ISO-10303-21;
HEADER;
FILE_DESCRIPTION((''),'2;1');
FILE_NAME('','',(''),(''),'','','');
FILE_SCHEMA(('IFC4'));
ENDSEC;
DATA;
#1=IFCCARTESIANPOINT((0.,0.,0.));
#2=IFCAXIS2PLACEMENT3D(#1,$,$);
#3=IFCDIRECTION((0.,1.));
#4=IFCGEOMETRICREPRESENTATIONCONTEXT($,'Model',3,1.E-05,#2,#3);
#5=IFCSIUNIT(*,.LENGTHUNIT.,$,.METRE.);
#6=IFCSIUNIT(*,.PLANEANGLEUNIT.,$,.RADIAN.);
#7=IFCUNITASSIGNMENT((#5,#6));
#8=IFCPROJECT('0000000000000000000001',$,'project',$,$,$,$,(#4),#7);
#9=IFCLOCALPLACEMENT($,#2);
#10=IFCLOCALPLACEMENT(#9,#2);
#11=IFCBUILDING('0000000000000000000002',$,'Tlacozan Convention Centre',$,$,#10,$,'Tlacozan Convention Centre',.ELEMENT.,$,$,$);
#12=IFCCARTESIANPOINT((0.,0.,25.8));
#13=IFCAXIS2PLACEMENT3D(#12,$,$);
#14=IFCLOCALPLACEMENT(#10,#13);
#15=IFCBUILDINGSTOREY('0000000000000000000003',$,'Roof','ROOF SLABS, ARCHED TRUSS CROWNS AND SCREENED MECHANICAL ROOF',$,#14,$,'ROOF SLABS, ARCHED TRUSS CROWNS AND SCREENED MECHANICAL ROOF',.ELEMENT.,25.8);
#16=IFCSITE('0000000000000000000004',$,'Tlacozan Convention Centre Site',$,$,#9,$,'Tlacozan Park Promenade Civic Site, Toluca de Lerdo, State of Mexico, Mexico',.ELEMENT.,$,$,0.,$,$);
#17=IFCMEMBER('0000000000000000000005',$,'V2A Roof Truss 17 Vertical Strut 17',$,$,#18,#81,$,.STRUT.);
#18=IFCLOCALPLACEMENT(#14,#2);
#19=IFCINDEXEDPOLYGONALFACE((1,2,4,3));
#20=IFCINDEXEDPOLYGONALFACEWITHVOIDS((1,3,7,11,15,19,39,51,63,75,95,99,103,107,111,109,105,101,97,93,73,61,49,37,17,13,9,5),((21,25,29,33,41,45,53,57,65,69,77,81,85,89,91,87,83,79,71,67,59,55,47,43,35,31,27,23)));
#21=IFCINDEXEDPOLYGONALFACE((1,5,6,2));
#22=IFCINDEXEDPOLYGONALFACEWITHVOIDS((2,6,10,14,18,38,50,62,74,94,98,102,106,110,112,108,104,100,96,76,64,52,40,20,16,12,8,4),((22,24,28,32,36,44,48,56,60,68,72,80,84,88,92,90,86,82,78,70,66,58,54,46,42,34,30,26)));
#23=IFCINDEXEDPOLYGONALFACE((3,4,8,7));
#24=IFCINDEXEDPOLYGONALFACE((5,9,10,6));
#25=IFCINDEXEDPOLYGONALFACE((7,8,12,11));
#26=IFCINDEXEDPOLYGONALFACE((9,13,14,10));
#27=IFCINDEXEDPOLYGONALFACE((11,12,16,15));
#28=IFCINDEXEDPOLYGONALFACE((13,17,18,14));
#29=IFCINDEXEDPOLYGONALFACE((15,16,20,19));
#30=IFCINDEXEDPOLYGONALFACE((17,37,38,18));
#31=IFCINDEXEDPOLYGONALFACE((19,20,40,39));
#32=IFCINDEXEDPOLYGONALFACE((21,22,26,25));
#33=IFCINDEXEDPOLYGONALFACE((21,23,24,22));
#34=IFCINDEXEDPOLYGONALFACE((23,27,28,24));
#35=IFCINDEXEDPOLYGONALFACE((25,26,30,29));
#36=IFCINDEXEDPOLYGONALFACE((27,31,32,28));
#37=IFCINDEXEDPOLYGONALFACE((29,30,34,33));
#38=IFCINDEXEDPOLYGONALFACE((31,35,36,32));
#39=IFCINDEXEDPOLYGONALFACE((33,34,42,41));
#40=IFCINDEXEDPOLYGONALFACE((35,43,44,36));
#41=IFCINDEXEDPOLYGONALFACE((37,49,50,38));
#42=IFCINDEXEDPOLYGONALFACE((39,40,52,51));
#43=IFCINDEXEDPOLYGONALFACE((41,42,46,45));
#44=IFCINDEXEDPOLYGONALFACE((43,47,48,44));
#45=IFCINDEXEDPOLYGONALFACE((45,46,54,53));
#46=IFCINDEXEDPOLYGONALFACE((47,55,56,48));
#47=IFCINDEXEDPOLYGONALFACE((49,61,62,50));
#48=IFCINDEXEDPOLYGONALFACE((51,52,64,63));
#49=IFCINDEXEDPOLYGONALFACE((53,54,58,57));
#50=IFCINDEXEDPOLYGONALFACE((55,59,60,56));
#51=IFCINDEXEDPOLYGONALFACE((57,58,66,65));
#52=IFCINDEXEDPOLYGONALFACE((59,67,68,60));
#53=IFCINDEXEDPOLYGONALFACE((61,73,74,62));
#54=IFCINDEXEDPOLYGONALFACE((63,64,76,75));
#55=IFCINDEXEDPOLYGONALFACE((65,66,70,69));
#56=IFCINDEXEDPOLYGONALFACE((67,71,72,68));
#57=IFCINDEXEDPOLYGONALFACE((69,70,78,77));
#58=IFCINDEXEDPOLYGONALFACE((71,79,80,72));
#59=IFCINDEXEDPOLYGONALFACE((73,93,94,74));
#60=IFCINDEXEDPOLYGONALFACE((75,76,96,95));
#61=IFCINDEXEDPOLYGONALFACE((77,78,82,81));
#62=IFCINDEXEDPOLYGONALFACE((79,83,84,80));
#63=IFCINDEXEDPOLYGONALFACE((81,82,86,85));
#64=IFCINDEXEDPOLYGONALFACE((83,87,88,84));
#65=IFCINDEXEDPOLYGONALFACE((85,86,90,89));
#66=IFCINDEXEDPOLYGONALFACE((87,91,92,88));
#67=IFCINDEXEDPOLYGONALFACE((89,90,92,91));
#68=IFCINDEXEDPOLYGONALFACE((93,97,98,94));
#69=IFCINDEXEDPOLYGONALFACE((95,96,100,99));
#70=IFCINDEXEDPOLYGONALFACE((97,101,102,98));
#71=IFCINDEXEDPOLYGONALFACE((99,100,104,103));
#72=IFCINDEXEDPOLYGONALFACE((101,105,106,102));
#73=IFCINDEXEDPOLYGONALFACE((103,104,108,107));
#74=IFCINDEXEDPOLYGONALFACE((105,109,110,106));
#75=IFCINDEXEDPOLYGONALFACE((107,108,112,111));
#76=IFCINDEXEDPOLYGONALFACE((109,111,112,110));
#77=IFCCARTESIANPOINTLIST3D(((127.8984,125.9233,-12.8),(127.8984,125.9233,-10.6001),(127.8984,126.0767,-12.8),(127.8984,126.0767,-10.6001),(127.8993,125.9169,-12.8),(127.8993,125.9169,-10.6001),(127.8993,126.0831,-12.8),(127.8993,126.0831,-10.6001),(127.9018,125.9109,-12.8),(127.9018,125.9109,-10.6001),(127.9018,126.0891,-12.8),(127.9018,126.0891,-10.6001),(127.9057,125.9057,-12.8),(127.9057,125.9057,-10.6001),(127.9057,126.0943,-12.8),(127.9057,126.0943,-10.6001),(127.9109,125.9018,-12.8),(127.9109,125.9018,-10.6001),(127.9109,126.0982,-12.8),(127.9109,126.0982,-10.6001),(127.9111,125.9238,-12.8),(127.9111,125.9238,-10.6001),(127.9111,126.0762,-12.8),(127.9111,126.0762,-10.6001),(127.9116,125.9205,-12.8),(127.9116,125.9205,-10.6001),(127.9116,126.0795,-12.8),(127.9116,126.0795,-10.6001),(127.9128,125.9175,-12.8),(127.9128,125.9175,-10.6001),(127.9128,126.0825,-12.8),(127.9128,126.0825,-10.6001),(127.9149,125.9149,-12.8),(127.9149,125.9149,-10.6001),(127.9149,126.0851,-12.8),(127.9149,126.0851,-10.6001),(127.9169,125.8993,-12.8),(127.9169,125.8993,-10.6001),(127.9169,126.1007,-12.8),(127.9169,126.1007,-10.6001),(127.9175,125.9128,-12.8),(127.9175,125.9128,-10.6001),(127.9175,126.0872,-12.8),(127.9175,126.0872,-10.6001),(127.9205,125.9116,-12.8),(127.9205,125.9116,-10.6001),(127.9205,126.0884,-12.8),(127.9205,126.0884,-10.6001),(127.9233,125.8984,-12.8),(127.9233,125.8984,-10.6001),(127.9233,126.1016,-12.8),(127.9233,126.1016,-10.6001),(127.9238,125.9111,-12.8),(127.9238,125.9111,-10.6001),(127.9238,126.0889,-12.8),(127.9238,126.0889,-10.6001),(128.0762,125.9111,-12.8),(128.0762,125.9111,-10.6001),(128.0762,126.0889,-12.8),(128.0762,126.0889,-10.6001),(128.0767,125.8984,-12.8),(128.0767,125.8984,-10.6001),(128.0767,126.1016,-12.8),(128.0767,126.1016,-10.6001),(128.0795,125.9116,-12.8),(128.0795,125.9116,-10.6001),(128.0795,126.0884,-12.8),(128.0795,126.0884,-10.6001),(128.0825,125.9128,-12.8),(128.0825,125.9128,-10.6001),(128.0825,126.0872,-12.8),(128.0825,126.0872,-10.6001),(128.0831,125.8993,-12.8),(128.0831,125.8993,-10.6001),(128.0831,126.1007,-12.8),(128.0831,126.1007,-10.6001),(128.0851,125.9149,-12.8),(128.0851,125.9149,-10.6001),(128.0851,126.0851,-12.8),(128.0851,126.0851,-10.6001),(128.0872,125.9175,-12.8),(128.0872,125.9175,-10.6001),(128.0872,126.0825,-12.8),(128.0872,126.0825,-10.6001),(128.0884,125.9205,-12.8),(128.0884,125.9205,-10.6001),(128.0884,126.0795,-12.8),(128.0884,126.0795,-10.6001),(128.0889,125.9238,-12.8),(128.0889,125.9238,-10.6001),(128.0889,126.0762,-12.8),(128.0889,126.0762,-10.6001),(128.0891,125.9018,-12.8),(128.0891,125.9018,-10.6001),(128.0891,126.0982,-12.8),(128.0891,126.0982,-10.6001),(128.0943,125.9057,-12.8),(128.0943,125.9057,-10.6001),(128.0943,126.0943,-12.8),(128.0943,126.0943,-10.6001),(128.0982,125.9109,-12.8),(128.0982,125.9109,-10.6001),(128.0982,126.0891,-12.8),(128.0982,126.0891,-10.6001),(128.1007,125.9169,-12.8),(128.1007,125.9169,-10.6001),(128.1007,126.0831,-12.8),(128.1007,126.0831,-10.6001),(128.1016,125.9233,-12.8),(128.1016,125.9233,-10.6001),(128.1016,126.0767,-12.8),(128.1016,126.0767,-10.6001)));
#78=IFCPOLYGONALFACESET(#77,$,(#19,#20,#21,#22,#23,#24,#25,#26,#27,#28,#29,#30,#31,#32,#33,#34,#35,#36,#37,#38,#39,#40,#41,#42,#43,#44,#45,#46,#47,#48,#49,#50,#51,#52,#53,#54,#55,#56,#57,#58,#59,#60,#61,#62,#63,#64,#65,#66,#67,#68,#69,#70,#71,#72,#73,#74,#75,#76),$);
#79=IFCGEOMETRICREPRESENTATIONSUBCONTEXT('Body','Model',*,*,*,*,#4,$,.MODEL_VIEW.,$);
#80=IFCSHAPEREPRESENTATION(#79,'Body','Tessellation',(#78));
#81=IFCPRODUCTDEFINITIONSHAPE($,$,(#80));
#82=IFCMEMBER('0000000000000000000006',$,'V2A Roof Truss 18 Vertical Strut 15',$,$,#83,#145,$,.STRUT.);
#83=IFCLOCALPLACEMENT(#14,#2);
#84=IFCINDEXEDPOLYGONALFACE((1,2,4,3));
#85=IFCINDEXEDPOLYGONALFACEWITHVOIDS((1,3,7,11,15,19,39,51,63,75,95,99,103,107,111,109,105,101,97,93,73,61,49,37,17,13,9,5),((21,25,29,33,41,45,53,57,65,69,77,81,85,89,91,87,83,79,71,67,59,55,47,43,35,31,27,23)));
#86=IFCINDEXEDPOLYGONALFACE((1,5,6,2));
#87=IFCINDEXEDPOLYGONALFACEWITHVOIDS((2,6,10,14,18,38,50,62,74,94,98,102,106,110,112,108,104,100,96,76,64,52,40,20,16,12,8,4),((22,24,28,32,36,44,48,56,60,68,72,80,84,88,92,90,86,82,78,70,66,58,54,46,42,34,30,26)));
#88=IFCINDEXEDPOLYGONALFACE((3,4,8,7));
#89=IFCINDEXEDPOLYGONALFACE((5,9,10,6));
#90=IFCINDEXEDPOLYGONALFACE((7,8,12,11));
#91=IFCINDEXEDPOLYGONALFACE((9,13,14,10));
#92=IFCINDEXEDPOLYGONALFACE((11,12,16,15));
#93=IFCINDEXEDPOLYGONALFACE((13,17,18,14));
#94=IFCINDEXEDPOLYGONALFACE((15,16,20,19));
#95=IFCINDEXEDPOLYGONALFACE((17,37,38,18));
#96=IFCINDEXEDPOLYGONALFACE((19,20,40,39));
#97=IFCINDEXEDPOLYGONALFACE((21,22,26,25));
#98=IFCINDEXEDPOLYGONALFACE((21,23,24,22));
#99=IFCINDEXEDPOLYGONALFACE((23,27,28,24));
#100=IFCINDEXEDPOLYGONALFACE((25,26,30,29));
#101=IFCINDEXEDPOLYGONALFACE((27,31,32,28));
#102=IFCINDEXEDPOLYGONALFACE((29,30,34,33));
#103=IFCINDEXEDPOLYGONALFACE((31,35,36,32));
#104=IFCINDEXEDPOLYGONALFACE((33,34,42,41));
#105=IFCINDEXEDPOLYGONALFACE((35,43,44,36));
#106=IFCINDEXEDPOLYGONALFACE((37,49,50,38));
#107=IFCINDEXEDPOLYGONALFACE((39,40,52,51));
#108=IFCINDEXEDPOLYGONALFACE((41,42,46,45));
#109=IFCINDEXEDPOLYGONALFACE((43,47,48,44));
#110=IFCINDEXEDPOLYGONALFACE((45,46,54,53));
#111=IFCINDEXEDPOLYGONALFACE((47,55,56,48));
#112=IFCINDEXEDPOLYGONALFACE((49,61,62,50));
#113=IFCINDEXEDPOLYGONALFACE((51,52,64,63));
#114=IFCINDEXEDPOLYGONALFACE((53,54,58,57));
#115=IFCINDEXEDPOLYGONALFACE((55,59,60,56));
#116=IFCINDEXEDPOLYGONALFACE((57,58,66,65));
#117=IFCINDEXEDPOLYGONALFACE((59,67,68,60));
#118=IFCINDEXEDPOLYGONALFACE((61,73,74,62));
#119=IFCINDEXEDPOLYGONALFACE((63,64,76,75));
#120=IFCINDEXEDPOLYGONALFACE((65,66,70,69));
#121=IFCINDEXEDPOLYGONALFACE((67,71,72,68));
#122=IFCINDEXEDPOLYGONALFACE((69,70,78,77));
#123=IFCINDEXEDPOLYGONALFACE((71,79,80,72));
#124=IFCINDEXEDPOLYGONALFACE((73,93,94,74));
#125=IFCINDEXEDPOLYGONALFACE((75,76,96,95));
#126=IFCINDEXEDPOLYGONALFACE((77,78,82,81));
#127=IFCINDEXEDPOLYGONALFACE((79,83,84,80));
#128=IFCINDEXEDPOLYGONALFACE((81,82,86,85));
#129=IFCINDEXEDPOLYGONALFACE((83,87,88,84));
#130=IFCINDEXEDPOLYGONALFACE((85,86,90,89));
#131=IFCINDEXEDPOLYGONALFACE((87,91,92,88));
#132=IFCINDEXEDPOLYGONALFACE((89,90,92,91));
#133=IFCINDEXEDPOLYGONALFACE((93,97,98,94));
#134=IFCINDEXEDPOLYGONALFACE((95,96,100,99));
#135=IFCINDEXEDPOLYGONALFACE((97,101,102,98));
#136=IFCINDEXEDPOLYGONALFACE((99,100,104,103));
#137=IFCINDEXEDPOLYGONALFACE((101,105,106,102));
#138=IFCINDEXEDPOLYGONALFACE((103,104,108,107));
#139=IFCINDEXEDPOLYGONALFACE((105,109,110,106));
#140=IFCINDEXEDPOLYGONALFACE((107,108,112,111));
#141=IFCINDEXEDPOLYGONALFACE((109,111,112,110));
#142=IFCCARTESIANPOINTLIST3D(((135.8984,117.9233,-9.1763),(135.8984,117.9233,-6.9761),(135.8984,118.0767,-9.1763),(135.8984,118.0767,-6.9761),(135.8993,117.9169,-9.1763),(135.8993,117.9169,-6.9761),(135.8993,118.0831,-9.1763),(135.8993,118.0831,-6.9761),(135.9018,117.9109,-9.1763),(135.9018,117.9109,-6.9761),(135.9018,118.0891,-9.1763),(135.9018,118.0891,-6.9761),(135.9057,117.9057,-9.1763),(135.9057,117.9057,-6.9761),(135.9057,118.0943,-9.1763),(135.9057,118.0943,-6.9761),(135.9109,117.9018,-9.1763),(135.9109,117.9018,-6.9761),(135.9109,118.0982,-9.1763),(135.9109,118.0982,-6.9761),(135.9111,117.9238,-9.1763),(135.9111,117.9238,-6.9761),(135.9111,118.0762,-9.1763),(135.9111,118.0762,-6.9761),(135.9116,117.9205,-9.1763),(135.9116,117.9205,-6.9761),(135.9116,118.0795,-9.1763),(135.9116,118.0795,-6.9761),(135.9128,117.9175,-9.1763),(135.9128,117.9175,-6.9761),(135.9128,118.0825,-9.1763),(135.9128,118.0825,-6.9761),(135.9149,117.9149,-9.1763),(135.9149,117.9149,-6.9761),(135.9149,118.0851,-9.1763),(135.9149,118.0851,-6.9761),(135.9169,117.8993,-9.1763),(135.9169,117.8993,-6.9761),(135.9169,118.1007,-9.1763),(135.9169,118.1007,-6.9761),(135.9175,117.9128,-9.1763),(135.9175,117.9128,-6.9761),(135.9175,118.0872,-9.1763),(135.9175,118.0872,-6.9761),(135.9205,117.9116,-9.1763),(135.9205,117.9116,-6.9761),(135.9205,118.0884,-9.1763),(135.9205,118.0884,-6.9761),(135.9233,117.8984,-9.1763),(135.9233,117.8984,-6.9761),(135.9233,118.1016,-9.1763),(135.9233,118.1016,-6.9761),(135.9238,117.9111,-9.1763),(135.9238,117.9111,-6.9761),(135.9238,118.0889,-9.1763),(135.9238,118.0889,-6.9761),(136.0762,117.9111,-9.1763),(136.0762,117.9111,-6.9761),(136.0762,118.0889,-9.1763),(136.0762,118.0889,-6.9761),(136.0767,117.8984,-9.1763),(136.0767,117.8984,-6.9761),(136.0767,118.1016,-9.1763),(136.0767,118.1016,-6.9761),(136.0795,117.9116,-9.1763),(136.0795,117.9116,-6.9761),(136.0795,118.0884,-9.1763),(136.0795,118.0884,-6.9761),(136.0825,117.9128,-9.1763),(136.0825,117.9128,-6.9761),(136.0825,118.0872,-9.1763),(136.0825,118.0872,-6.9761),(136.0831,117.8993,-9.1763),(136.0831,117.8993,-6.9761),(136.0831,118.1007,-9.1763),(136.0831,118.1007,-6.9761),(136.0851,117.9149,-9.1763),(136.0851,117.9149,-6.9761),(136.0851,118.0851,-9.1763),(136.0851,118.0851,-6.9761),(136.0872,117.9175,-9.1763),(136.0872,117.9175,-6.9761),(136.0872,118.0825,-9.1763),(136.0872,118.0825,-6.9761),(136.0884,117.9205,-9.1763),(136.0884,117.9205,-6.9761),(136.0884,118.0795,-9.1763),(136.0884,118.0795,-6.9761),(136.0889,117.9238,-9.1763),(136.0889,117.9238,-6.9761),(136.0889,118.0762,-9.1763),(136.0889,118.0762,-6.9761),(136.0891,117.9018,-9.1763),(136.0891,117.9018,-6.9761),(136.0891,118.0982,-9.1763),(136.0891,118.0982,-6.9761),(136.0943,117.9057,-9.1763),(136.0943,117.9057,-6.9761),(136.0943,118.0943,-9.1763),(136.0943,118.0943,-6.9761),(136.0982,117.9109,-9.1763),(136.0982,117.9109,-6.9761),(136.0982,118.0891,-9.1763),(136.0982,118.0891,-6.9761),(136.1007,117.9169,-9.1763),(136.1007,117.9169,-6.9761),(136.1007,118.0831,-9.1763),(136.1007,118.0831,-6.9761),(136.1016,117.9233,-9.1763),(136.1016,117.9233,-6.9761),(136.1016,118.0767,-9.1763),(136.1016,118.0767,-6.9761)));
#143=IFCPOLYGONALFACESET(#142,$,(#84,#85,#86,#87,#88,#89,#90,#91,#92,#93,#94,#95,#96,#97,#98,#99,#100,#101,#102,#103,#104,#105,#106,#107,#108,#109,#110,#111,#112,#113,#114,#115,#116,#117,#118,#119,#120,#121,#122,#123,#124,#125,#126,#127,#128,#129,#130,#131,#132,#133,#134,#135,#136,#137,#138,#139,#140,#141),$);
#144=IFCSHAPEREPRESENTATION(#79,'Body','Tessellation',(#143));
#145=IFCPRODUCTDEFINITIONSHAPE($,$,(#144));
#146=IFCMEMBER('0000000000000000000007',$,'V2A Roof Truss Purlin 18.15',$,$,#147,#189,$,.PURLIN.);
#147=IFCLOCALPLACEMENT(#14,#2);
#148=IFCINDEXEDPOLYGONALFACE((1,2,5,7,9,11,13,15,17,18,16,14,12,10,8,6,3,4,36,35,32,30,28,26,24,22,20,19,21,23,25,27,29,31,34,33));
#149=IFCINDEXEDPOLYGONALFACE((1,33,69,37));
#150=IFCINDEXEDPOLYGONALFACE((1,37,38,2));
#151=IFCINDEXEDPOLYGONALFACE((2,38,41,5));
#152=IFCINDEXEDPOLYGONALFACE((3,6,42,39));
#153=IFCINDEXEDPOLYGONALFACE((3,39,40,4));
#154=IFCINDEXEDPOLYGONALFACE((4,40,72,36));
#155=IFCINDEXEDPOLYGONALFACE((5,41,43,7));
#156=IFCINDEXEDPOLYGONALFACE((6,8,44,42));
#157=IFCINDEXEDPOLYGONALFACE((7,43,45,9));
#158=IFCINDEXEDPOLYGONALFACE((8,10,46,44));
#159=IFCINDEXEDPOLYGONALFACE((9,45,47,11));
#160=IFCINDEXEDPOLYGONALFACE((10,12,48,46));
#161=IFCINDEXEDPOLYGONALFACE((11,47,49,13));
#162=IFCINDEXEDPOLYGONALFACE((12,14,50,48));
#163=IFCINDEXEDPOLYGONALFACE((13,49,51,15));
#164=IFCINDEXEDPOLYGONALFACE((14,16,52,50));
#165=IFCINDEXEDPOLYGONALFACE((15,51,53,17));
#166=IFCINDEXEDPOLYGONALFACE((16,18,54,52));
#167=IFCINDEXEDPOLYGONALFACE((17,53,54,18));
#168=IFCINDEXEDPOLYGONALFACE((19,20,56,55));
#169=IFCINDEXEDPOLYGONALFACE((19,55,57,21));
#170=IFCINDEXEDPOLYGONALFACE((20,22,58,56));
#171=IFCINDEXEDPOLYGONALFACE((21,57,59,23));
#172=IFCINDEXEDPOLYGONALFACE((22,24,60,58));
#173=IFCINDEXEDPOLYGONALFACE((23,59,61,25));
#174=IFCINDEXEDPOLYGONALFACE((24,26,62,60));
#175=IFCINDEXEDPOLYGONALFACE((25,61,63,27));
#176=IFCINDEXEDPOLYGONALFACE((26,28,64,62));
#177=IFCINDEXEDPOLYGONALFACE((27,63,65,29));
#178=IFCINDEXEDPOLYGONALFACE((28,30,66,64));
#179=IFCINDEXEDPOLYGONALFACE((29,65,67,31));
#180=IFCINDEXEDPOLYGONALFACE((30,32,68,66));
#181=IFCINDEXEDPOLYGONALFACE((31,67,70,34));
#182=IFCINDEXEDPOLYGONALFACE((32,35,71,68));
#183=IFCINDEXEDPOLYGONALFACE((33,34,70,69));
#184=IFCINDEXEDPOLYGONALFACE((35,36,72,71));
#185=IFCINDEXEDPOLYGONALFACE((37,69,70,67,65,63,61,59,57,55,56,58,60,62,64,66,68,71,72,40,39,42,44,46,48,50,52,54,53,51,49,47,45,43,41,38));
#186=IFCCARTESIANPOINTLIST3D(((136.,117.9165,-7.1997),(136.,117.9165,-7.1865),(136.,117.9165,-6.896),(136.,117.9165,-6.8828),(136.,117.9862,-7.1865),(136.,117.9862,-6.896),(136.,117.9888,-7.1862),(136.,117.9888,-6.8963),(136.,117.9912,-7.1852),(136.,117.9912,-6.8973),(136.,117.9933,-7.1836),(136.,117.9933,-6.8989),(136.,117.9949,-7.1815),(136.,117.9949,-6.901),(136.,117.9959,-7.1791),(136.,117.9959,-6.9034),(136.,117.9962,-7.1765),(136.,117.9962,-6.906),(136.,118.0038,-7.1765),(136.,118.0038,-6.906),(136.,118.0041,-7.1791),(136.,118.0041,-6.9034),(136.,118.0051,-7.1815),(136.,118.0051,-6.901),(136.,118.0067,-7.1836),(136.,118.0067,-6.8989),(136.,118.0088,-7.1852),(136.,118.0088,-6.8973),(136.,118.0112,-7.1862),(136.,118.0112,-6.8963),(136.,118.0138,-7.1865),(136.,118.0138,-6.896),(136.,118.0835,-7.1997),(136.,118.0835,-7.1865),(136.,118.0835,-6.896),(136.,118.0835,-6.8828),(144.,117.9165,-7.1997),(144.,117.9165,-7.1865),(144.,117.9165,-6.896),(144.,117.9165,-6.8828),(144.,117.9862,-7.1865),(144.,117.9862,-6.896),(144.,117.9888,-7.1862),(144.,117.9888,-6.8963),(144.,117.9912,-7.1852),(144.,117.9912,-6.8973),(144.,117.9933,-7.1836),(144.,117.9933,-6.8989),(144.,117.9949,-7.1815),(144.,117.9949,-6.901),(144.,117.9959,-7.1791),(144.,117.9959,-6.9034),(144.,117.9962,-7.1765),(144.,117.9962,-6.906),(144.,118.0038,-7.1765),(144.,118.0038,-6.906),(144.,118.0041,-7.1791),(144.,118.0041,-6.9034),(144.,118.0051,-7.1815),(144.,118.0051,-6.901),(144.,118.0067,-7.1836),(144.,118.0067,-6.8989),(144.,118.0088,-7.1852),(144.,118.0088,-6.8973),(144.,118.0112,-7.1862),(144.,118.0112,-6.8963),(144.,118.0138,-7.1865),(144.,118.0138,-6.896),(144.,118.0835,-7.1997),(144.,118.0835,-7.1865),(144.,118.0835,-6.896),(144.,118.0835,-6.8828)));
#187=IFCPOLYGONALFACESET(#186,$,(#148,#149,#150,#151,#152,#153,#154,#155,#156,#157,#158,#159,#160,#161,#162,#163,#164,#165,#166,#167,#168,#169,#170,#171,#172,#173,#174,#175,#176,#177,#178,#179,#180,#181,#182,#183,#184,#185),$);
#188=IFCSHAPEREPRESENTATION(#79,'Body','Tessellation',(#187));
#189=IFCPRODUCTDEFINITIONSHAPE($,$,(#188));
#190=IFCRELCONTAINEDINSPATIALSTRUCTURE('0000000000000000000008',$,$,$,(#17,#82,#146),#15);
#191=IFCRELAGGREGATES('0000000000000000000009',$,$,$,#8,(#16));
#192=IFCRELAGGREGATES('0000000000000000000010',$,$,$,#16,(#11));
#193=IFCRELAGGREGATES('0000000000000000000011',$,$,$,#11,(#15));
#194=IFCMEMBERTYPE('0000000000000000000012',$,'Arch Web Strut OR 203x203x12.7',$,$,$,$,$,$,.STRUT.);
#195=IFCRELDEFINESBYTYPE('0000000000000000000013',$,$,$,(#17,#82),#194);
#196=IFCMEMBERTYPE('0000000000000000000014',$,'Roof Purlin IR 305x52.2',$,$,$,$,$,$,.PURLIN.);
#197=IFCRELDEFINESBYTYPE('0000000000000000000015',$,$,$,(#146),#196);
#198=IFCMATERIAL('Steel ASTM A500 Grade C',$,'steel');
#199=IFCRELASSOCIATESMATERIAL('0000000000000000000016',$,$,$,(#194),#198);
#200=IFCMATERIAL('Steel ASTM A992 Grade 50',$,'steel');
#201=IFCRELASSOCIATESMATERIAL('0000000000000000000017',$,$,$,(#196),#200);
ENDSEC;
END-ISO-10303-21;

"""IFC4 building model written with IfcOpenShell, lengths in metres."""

from ifc_helpers import new_model, si_unit, direction, frame, origin, origin_2d, place, context, subcontext, project, spatial, hollow_rectangle, i_section, extrude, material, material_profile, profile_set, type_object, element, save


model = new_model("IFC4")

# Units and contexts
model_context = context("Model", 3, precision=1e-05, world=origin(), true_north=direction((0.0, 1.0)))
body_context = subcontext(model_context, "Body", "Model", "MODEL_VIEW")
ifc_project = project(units=[si_unit("LENGTHUNIT", "METRE"), si_unit("PLANEANGLEUNIT", "RADIAN")], contexts=[model_context])

# Site, building, storey
site_placement = place(None, origin())
site = spatial("IfcSite", under=ifc_project, at=site_placement, Name="Tlacozan Convention Centre Site", LongName="Tlacozan Park Promenade Civic Site, Toluca de Lerdo, State of Mexico, Mexico", CompositionType="ELEMENT", RefElevation=0.0)
building_placement = place(site_placement, origin())
building = spatial("IfcBuilding", under=site, at=building_placement, Name="Tlacozan Convention Centre", LongName="Tlacozan Convention Centre", CompositionType="ELEMENT")
storey_placement = place(building_placement, frame((0.0, 0.0, 25.8)))
storey = spatial("IfcBuildingStorey", under=building, at=storey_placement, Name="Roof", Description="ROOF SLABS, ARCHED TRUSS CROWNS AND SCREENED MECHANICAL ROOF", LongName="ROOF SLABS, ARCHED TRUSS CROWNS AND SCREENED MECHANICAL ROOF", CompositionType="ELEMENT", Elevation=25.8)

# Members
ifc_material_1 = material(Name="Steel ASTM A500 Grade C", Category="steel")
ifc_material_profile_1 = material_profile(ifc_material_1, hollow_rectangle(XDim=0.2031, YDim=0.2031, WallThickness=0.0127, InnerFilletRadius=0.0127, OuterFilletRadius=0.0249, at=origin_2d()), Name="OR 203x203x12.7")
ifc_profile_set_1 = profile_set([ifc_material_profile_1], Name="Steel ASTM A500 Grade C")
member_type_1 = type_object("IfcMemberType", Name="Arch Web Strut OR 203x203x12.7", PredefinedType="STRUT", material=ifc_profile_set_1)
member_1_placement = place(storey_placement, frame((128.0, 126.0, -12.8), z_axis=(0.0, 0.0, 1.0), x_axis=(1.0, 0.0, 0.0)))
element("IfcMember", 1, at=member_1_placement, inside=storey, type_object=member_type_1, Name="V2A Roof Truss 17 Vertical Strut 17", PredefinedType="STRUT", context=body_context, shape_type="SweptSolid", body=[
    extrude(hollow_rectangle(XDim=0.2031, YDim=0.2031, WallThickness=0.0127, InnerFilletRadius=0.0127, OuterFilletRadius=0.0249, at=origin_2d()), origin(), (0.0, 0.0, 1.0), 2.2),
])
member_2_placement = place(storey_placement, frame((136.0, 118.0, -9.1763), z_axis=(0.0, 0.0, 1.0), x_axis=(1.0, 0.0, 0.0)))
element("IfcMember", 2, at=member_2_placement, inside=storey, type_object=member_type_1, Name="V2A Roof Truss 18 Vertical Strut 15", PredefinedType="STRUT", context=body_context, shape_type="SweptSolid", body=[
    extrude(hollow_rectangle(XDim=0.2031, YDim=0.2031, WallThickness=0.0127, InnerFilletRadius=0.0127, OuterFilletRadius=0.0249, at=origin_2d()), origin(), (0.0, 0.0, 1.0), 2.2002),
])
ifc_material_2 = material(Name="Steel ASTM A992 Grade 50", Category="steel")
ifc_material_profile_2 = material_profile(ifc_material_2, i_section(OverallWidth=0.167, OverallDepth=0.3169, WebThickness=0.0076, FlangeThickness=0.0132, FilletRadius=0.01, at=origin_2d()), Name="IR 305x52.2")
ifc_profile_set_2 = profile_set([ifc_material_profile_2], Name="Steel ASTM A992 Grade 50")
member_type_2 = type_object("IfcMemberType", Name="Roof Purlin IR 305x52.2", PredefinedType="PURLIN", material=ifc_profile_set_2)
member_3_placement = place(storey_placement, frame((136.0, 118.0, -7.0413), z_axis=(1.0, 0.0, 0.0), x_axis=(0.0, 1.0, 0.0)))
element("IfcMember", 3, at=member_3_placement, inside=storey, type_object=member_type_2, Name="V2A Roof Truss Purlin 18.15", PredefinedType="PURLIN", context=body_context, shape_type="SweptSolid", body=[
    extrude(i_section(OverallWidth=0.167, OverallDepth=0.3169, WebThickness=0.0076, FlangeThickness=0.0132, FilletRadius=0.01, at=origin_2d()), origin(), (0.0, 0.0, 1.0), 8.0),
])

save(model, "model.ifc")
